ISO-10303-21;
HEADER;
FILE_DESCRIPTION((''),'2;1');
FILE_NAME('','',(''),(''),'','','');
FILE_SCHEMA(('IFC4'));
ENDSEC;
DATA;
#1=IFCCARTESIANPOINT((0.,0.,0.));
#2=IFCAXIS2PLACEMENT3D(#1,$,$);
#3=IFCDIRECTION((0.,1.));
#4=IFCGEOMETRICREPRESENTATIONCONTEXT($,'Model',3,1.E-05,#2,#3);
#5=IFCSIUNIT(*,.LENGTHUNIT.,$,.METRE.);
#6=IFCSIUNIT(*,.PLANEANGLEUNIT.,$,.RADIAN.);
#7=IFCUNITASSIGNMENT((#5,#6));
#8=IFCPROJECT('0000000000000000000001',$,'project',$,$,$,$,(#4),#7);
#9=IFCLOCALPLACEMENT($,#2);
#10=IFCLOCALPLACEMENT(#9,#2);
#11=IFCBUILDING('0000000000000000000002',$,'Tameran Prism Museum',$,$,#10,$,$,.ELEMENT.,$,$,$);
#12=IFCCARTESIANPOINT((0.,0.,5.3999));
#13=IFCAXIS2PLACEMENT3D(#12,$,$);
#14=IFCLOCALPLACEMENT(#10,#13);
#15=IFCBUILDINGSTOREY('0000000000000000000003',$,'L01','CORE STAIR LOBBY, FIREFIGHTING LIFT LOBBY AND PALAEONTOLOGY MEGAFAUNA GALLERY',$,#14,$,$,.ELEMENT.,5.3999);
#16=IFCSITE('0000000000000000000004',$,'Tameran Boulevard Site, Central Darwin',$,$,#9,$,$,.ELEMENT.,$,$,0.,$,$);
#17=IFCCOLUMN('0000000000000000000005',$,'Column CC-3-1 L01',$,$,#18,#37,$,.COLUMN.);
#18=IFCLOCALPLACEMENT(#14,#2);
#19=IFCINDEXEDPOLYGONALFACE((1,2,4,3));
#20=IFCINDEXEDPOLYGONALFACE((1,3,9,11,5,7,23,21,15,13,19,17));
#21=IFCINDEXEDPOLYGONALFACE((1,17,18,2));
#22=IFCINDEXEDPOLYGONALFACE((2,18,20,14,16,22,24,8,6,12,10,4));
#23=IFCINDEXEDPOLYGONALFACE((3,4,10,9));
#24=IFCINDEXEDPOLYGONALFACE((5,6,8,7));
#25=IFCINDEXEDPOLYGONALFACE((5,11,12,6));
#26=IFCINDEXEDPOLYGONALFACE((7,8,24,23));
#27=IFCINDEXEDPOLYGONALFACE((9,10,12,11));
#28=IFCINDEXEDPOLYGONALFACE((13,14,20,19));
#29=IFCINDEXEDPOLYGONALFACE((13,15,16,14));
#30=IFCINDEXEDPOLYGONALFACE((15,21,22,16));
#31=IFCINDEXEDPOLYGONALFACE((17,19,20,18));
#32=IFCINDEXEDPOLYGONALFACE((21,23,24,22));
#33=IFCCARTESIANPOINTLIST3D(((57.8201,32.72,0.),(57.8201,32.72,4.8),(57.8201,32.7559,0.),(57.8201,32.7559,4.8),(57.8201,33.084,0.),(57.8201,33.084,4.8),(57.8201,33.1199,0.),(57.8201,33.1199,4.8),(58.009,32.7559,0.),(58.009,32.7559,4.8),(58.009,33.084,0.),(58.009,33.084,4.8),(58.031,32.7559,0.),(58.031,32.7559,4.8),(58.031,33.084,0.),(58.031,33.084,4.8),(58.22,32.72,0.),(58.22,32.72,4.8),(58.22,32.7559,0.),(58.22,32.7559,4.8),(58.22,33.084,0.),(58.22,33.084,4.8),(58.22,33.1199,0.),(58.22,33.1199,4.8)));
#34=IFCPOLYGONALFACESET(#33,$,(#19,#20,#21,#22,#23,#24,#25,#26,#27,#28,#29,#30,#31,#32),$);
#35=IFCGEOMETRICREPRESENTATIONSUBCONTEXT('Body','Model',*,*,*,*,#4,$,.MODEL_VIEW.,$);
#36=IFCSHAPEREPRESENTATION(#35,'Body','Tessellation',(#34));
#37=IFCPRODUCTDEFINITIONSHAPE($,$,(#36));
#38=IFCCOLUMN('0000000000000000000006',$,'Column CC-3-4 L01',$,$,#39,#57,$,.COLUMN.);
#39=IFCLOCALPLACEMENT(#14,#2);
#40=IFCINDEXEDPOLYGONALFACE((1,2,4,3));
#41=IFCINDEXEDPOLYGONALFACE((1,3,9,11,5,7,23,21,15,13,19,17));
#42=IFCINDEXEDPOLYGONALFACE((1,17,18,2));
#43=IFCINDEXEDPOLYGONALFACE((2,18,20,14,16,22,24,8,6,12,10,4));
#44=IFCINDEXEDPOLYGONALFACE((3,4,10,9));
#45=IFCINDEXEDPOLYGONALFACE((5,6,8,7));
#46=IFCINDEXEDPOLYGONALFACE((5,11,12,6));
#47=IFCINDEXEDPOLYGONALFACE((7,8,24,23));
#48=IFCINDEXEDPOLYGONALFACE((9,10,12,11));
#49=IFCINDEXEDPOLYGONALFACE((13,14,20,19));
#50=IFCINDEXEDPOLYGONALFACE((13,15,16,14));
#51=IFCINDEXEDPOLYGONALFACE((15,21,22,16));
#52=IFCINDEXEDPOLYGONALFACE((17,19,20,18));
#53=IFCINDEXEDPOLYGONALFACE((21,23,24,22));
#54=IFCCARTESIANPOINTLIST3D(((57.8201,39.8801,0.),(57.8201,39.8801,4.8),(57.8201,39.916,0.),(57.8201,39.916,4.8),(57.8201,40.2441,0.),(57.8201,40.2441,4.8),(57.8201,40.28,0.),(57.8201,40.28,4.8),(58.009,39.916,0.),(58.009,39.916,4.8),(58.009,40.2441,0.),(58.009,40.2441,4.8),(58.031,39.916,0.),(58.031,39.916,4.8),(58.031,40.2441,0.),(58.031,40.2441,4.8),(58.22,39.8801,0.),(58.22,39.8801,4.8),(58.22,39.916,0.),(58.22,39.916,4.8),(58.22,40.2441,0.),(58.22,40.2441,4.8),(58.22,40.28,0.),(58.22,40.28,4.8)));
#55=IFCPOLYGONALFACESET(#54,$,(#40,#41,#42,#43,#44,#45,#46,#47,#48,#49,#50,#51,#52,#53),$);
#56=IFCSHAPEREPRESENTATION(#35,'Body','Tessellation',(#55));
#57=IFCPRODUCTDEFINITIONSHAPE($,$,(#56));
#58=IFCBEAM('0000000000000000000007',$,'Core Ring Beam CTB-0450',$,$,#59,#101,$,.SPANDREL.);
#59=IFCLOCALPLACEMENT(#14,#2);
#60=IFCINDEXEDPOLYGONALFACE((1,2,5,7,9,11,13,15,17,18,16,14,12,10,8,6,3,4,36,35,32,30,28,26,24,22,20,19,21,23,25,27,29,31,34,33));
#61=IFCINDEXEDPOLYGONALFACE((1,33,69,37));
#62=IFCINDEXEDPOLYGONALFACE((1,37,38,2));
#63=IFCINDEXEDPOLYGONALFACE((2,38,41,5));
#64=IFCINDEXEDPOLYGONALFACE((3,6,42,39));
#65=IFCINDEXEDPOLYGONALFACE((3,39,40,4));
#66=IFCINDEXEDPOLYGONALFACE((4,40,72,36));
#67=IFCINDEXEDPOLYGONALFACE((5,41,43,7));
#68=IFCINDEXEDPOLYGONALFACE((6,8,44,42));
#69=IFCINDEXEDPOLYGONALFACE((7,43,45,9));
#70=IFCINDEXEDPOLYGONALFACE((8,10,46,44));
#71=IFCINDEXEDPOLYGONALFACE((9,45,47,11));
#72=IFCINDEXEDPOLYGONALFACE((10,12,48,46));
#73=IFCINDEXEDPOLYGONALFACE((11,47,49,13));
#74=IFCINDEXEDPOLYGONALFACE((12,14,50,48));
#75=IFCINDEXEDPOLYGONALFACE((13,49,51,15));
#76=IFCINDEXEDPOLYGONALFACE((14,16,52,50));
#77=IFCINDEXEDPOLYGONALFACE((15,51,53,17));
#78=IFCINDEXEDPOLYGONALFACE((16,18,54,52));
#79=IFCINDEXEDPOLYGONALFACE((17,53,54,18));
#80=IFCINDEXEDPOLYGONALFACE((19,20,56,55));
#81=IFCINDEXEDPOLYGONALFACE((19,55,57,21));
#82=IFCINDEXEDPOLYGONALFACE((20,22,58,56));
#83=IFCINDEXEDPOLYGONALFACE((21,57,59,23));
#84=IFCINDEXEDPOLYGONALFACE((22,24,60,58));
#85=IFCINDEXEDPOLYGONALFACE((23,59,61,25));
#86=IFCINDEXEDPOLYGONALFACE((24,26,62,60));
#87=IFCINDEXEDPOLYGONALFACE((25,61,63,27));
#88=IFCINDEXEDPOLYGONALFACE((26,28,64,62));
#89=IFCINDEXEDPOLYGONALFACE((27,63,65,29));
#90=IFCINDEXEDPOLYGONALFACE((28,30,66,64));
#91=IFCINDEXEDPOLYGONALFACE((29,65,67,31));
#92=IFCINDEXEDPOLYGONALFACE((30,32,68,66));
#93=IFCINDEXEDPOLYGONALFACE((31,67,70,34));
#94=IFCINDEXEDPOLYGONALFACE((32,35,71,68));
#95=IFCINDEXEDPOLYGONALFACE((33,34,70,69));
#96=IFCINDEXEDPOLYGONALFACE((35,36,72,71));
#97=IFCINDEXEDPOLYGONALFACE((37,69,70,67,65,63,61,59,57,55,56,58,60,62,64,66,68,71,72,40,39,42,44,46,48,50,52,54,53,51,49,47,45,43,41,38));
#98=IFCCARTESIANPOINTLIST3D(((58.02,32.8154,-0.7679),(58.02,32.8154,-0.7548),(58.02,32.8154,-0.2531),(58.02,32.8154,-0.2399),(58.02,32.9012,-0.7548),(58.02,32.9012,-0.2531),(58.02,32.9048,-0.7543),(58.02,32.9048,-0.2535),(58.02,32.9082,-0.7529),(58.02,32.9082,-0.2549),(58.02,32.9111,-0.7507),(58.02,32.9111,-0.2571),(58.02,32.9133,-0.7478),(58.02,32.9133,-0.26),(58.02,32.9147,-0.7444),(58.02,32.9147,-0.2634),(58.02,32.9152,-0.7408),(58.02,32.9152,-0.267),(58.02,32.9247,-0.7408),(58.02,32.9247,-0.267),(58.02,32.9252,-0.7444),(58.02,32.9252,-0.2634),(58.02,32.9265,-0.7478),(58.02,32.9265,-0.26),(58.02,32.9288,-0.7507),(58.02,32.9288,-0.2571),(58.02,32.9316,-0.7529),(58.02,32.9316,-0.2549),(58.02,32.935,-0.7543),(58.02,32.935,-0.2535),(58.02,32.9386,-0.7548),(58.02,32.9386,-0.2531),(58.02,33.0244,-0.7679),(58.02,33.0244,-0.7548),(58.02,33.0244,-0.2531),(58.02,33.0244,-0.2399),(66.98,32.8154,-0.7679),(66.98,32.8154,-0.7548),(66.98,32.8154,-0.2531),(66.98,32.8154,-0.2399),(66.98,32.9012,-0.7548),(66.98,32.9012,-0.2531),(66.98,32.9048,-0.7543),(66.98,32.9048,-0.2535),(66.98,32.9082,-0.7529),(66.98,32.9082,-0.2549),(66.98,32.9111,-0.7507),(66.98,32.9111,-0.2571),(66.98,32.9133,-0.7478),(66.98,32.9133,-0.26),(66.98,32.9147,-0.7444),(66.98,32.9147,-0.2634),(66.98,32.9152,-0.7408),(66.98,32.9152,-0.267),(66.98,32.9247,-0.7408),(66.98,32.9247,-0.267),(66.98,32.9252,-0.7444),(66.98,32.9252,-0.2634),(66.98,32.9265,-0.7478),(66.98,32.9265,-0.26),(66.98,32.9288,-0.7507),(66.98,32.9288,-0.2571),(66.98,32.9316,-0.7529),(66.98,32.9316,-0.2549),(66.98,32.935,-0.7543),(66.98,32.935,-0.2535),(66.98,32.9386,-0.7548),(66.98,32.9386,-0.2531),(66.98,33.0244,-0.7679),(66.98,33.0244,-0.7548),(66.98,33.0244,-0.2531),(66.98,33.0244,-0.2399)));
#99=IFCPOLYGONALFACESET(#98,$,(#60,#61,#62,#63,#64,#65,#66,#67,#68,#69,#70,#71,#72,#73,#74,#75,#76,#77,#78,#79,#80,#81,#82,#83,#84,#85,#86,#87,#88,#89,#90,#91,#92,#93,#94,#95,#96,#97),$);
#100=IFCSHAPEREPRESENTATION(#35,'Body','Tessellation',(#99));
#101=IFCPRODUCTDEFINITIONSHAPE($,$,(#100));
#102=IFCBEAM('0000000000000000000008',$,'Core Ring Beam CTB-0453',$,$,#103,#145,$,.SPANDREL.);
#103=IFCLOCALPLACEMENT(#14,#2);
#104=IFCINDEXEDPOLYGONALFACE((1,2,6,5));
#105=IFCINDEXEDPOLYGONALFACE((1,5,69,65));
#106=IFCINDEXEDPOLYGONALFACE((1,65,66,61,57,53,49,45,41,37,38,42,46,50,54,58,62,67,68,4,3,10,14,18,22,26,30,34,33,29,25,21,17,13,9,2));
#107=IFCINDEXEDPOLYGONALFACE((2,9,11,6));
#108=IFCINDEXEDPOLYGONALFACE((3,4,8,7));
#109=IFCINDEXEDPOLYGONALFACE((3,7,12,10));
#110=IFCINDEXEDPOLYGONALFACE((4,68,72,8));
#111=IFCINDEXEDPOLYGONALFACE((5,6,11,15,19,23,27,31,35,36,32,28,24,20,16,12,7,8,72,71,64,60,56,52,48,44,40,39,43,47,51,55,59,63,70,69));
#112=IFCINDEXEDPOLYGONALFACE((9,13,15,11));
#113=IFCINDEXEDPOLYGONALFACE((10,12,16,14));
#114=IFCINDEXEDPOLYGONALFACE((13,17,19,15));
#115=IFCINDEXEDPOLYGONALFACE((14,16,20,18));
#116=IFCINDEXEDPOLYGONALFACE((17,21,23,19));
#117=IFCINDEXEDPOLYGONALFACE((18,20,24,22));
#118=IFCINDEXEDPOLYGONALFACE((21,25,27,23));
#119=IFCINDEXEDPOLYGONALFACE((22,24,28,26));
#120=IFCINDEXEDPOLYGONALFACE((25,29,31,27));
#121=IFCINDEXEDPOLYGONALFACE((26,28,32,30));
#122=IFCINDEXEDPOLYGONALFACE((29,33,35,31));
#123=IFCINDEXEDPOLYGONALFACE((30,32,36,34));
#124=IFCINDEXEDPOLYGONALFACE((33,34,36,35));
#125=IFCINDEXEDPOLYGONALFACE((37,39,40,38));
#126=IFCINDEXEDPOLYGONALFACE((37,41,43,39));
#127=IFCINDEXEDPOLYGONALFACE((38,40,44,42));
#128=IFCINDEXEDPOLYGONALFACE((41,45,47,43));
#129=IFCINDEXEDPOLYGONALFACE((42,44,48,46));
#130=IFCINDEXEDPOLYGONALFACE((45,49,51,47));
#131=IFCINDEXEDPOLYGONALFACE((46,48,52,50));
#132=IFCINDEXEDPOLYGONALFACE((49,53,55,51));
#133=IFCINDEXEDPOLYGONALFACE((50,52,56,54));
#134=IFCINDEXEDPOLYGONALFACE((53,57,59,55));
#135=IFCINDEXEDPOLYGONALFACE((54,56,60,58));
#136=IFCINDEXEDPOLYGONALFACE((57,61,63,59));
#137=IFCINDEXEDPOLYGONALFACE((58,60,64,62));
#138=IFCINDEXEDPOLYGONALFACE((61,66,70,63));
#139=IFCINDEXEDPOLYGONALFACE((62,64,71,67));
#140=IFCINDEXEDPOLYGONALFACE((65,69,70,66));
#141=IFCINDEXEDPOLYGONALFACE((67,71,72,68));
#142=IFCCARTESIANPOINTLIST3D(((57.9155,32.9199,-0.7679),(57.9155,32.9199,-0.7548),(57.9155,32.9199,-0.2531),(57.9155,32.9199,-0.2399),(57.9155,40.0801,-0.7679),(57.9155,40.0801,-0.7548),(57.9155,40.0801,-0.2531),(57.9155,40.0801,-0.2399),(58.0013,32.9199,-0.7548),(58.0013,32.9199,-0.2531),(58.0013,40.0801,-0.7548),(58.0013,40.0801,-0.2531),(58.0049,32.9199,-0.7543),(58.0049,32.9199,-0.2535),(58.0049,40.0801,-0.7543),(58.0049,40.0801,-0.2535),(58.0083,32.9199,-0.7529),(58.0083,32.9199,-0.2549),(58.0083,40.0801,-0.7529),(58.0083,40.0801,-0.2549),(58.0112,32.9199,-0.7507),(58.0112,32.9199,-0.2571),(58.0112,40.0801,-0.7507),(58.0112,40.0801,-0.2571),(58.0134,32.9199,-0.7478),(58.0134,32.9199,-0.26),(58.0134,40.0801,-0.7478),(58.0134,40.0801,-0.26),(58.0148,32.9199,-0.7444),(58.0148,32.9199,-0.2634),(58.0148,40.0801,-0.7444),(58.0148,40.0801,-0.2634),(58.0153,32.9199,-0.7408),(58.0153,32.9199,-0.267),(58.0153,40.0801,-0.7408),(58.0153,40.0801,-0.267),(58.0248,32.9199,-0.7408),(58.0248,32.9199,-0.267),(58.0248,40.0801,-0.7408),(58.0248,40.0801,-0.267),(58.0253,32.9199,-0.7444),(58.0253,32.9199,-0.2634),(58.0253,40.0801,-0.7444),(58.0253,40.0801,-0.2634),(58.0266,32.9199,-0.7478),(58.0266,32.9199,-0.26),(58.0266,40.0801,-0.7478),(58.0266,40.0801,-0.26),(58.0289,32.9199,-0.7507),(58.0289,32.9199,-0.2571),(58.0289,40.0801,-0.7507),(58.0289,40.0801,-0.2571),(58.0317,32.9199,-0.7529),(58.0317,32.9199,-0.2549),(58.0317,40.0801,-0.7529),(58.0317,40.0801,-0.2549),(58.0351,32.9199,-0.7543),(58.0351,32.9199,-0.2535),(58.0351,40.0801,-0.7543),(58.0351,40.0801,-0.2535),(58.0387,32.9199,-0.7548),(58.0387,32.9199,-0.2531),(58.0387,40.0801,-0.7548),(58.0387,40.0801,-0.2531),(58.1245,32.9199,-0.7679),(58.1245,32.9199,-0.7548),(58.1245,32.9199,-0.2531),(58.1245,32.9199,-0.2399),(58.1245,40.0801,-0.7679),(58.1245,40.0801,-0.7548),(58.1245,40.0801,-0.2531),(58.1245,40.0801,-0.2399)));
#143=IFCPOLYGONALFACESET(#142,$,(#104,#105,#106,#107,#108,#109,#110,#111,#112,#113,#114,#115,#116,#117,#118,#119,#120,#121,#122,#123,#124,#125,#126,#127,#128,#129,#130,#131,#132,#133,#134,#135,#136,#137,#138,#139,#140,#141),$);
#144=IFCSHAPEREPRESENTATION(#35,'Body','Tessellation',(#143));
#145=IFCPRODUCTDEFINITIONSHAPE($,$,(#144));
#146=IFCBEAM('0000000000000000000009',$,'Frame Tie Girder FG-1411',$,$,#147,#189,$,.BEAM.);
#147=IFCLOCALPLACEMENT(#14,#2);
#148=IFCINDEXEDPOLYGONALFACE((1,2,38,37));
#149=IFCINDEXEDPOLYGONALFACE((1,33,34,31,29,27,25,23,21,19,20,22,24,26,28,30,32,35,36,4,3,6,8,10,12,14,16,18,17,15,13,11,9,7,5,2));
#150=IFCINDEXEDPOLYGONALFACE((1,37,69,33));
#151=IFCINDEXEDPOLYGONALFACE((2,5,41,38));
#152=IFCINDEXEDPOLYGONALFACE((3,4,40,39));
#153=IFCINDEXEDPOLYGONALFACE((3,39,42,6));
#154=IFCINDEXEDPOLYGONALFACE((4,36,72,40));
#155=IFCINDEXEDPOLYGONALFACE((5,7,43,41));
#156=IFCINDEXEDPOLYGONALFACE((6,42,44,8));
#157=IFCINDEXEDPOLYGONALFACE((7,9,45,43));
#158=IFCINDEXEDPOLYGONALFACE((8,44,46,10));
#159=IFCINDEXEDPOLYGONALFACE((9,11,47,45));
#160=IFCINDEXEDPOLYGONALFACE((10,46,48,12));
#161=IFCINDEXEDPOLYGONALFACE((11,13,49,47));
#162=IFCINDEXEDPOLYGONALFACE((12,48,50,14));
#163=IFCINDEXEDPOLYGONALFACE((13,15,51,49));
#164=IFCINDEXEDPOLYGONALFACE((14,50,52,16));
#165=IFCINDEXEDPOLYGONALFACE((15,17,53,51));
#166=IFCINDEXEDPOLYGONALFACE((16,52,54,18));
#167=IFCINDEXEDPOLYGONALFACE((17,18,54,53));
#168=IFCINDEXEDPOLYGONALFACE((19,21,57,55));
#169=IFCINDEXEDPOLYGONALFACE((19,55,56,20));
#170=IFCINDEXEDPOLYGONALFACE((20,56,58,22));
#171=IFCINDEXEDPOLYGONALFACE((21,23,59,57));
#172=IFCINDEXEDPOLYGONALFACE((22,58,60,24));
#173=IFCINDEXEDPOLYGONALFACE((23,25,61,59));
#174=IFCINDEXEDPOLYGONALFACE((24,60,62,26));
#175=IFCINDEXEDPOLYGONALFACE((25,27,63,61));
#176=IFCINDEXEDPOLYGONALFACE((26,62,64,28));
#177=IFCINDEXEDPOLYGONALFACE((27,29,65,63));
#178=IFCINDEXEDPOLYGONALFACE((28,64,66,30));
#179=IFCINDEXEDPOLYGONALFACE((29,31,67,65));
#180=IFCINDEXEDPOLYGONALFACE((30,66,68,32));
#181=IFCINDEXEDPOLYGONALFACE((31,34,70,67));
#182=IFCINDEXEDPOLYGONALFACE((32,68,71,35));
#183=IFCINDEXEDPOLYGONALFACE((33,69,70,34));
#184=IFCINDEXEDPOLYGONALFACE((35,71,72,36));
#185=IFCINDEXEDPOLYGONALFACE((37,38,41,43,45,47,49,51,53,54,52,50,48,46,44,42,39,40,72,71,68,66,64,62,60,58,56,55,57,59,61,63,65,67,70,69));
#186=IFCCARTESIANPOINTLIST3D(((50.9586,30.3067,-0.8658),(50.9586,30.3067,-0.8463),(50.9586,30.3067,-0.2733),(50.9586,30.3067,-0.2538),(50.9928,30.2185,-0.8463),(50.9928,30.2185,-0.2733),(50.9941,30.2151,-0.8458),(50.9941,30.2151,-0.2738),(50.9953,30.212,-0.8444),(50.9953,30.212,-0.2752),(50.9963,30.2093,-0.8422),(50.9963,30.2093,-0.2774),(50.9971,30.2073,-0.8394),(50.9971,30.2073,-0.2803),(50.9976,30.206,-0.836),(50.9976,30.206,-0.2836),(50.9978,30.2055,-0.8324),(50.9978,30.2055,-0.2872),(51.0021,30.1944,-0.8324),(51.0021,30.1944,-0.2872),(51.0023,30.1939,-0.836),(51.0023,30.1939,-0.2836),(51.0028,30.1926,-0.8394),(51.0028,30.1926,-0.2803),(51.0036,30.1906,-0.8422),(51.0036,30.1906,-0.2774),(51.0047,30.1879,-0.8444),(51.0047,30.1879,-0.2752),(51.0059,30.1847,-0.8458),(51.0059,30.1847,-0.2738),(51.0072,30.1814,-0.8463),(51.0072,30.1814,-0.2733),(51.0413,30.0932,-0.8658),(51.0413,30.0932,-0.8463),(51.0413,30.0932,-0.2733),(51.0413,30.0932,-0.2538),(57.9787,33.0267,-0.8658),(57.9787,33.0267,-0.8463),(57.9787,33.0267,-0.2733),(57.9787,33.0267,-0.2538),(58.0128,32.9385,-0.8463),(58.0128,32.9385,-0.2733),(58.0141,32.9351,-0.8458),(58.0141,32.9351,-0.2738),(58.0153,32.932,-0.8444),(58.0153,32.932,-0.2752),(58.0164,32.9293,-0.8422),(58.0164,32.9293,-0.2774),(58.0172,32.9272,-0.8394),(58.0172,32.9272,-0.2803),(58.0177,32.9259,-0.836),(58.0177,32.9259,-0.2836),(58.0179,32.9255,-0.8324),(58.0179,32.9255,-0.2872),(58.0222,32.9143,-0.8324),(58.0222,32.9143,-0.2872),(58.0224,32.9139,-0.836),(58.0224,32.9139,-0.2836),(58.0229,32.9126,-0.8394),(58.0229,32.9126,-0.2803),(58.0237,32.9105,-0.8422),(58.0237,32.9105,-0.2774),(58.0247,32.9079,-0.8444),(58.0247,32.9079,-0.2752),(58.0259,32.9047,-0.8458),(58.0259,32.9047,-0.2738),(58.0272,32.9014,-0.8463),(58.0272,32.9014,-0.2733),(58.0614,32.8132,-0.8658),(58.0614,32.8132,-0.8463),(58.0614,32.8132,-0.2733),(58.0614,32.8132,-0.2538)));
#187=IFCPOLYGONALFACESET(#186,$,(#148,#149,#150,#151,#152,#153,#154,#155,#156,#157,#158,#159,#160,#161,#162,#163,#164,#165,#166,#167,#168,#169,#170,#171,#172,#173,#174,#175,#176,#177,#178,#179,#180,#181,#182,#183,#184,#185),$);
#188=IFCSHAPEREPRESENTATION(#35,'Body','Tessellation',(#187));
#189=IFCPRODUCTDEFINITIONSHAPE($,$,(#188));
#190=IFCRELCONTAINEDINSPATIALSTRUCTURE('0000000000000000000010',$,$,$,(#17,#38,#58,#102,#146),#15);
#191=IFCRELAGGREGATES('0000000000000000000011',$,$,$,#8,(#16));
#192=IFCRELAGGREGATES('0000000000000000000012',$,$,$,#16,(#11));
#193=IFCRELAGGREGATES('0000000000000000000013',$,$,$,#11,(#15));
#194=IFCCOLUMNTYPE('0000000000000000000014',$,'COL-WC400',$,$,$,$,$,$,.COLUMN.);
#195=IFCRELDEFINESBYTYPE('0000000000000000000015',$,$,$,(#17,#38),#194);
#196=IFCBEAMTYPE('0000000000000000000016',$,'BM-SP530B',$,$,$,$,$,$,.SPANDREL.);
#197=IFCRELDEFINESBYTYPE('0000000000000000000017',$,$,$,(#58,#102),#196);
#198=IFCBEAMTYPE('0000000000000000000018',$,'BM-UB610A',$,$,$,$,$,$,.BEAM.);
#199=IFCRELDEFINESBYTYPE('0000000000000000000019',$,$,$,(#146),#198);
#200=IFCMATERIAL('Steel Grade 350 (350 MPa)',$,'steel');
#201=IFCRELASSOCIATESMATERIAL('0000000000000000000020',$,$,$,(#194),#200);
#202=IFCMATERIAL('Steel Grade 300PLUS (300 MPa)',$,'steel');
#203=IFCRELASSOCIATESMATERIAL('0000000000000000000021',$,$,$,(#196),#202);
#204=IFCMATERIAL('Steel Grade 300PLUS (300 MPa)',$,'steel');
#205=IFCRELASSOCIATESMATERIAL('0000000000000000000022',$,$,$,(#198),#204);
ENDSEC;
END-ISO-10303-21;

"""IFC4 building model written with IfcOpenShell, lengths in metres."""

from ifc_helpers import new_model, si_unit, direction, frame, origin, origin_2d, place, context, subcontext, project, spatial, i_section, extrude, material, material_profile, profile_set, type_object, element, save


model = new_model("IFC4")

# Units and contexts
model_context = context("Model", 3, precision=1e-05, world=origin(), true_north=direction((0.0, 1.0)))
body_context = subcontext(model_context, "Body", "Model", "MODEL_VIEW")
ifc_project = project(units=[si_unit("LENGTHUNIT", "METRE"), si_unit("PLANEANGLEUNIT", "RADIAN")], contexts=[model_context])

# Site, building, storey
site_placement = place(None, origin())
site = spatial("IfcSite", under=ifc_project, at=site_placement, Name="Tameran Boulevard Site, Central Darwin", CompositionType="ELEMENT", RefElevation=0.0)
building_placement = place(site_placement, origin())
building = spatial("IfcBuilding", under=site, at=building_placement, Name="Tameran Prism Museum", CompositionType="ELEMENT")
storey_placement = place(building_placement, frame((0.0, 0.0, 5.3999)))
storey = spatial("IfcBuildingStorey", under=building, at=storey_placement, Name="L01", Description="CORE STAIR LOBBY, FIREFIGHTING LIFT LOBBY AND PALAEONTOLOGY MEGAFAUNA GALLERY", CompositionType="ELEMENT", Elevation=5.3999)

# Columns
ifc_material_1 = material(Name="Steel Grade 350 (350 MPa)", Category="steel")
ifc_material_profile_1 = material_profile(ifc_material_1, i_section(OverallWidth=0.3999, OverallDepth=0.3999, WebThickness=0.022, FlangeThickness=0.0359, at=origin_2d()))
ifc_profile_set_1 = profile_set([ifc_material_profile_1])
column_type = type_object("IfcColumnType", Name="COL-WC400", PredefinedType="COLUMN", material=ifc_profile_set_1)
for number, where, z_axis, x_axis, name in (
    (1, (58.02, 32.9199, 0.0), (0.0, 0.0, 1.0), (1.0, 0.0, 0.0), "Column CC-3-1 L01"),
    (2, (58.02, 40.0801, 0.0), (0.0, 0.0, 1.0), (1.0, 0.0, 0.0), "Column CC-3-4 L01"),
):
    element("IfcColumn", number, at=place(storey_placement, frame(where, z_axis=z_axis, x_axis=x_axis)), inside=storey, type_object=column_type, Name=name, PredefinedType="COLUMN", context=body_context, shape_type="SweptSolid", body=[
        extrude(i_section(OverallWidth=0.3999, OverallDepth=0.3999, WebThickness=0.022, FlangeThickness=0.0359, at=origin_2d()), origin(), (0.0, 0.0, 1.0), 4.8),
    ])

# Beams
ifc_material_2 = material(Name="Steel Grade 300PLUS (300 MPa)", Category="steel")
ifc_material_profile_2 = material_profile(ifc_material_2, i_section(OverallWidth=0.209, OverallDepth=0.5281, WebThickness=0.0095, FlangeThickness=0.0132, FilletRadius=0.0139, at=origin_2d()))
ifc_profile_set_2 = profile_set([ifc_material_profile_2])
beam_type_1 = type_object("IfcBeamType", Name="BM-SP530B", PredefinedType="SPANDREL", material=ifc_profile_set_2)
beam_1_placement = place(storey_placement, frame((58.02, 32.9199, -0.5039), z_axis=(1.0, 0.0, 0.0), x_axis=(0.0, 1.0, 0.0)))
element("IfcBeam", 3, at=beam_1_placement, inside=storey, type_object=beam_type_1, Name="Core Ring Beam CTB-0450", PredefinedType="SPANDREL", context=body_context, shape_type="SweptSolid", body=[
    extrude(i_section(OverallWidth=0.209, OverallDepth=0.5281, WebThickness=0.0095, FlangeThickness=0.0132, FilletRadius=0.0139, at=origin_2d()), origin(), (0.0, 0.0, 1.0), 8.96),
])
beam_2_placement = place(storey_placement, frame((58.02, 40.0801, -0.5039), z_axis=(0.0, -1.0, 0.0), x_axis=(1.0, 0.0, 0.0)))
element("IfcBeam", 4, at=beam_2_placement, inside=storey, type_object=beam_type_1, Name="Core Ring Beam CTB-0453", PredefinedType="SPANDREL", context=body_context, shape_type="SweptSolid", body=[
    extrude(i_section(OverallWidth=0.209, OverallDepth=0.5281, WebThickness=0.0095, FlangeThickness=0.0132, FilletRadius=0.0139, at=origin_2d()), origin(), (0.0, 0.0, 1.0), 7.1602),
])
ifc_material_3 = material(Name="Steel Grade 300PLUS (300 MPa)", Category="steel")
ifc_material_profile_3 = material_profile(ifc_material_3, i_section(OverallWidth=0.229, OverallDepth=0.6121, WebThickness=0.012, FlangeThickness=0.0195, FilletRadius=0.0139, at=origin_2d()))
ifc_profile_set_3 = profile_set([ifc_material_profile_3])
beam_type_2 = type_object("IfcBeamType", Name="BM-UB610A", PredefinedType="BEAM", material=ifc_profile_set_3)
beam_3_placement = place(storey_placement, frame((58.02, 32.9199, -0.5598), z_axis=(-0.932454, -0.361288, 0.0), x_axis=(0.361288, -0.932454, 0.0)))
element("IfcBeam", 5, at=beam_3_placement, inside=storey, type_object=beam_type_2, Name="Frame Tie Girder FG-1411", PredefinedType="BEAM", context=body_context, shape_type="SweptSolid", body=[
    extrude(i_section(OverallWidth=0.229, OverallDepth=0.6121, WebThickness=0.012, FlangeThickness=0.0195, FilletRadius=0.0139, at=origin_2d()), origin(), (0.0, 0.0, 1.0), 7.5286),
])

save(model, "model.ifc")
